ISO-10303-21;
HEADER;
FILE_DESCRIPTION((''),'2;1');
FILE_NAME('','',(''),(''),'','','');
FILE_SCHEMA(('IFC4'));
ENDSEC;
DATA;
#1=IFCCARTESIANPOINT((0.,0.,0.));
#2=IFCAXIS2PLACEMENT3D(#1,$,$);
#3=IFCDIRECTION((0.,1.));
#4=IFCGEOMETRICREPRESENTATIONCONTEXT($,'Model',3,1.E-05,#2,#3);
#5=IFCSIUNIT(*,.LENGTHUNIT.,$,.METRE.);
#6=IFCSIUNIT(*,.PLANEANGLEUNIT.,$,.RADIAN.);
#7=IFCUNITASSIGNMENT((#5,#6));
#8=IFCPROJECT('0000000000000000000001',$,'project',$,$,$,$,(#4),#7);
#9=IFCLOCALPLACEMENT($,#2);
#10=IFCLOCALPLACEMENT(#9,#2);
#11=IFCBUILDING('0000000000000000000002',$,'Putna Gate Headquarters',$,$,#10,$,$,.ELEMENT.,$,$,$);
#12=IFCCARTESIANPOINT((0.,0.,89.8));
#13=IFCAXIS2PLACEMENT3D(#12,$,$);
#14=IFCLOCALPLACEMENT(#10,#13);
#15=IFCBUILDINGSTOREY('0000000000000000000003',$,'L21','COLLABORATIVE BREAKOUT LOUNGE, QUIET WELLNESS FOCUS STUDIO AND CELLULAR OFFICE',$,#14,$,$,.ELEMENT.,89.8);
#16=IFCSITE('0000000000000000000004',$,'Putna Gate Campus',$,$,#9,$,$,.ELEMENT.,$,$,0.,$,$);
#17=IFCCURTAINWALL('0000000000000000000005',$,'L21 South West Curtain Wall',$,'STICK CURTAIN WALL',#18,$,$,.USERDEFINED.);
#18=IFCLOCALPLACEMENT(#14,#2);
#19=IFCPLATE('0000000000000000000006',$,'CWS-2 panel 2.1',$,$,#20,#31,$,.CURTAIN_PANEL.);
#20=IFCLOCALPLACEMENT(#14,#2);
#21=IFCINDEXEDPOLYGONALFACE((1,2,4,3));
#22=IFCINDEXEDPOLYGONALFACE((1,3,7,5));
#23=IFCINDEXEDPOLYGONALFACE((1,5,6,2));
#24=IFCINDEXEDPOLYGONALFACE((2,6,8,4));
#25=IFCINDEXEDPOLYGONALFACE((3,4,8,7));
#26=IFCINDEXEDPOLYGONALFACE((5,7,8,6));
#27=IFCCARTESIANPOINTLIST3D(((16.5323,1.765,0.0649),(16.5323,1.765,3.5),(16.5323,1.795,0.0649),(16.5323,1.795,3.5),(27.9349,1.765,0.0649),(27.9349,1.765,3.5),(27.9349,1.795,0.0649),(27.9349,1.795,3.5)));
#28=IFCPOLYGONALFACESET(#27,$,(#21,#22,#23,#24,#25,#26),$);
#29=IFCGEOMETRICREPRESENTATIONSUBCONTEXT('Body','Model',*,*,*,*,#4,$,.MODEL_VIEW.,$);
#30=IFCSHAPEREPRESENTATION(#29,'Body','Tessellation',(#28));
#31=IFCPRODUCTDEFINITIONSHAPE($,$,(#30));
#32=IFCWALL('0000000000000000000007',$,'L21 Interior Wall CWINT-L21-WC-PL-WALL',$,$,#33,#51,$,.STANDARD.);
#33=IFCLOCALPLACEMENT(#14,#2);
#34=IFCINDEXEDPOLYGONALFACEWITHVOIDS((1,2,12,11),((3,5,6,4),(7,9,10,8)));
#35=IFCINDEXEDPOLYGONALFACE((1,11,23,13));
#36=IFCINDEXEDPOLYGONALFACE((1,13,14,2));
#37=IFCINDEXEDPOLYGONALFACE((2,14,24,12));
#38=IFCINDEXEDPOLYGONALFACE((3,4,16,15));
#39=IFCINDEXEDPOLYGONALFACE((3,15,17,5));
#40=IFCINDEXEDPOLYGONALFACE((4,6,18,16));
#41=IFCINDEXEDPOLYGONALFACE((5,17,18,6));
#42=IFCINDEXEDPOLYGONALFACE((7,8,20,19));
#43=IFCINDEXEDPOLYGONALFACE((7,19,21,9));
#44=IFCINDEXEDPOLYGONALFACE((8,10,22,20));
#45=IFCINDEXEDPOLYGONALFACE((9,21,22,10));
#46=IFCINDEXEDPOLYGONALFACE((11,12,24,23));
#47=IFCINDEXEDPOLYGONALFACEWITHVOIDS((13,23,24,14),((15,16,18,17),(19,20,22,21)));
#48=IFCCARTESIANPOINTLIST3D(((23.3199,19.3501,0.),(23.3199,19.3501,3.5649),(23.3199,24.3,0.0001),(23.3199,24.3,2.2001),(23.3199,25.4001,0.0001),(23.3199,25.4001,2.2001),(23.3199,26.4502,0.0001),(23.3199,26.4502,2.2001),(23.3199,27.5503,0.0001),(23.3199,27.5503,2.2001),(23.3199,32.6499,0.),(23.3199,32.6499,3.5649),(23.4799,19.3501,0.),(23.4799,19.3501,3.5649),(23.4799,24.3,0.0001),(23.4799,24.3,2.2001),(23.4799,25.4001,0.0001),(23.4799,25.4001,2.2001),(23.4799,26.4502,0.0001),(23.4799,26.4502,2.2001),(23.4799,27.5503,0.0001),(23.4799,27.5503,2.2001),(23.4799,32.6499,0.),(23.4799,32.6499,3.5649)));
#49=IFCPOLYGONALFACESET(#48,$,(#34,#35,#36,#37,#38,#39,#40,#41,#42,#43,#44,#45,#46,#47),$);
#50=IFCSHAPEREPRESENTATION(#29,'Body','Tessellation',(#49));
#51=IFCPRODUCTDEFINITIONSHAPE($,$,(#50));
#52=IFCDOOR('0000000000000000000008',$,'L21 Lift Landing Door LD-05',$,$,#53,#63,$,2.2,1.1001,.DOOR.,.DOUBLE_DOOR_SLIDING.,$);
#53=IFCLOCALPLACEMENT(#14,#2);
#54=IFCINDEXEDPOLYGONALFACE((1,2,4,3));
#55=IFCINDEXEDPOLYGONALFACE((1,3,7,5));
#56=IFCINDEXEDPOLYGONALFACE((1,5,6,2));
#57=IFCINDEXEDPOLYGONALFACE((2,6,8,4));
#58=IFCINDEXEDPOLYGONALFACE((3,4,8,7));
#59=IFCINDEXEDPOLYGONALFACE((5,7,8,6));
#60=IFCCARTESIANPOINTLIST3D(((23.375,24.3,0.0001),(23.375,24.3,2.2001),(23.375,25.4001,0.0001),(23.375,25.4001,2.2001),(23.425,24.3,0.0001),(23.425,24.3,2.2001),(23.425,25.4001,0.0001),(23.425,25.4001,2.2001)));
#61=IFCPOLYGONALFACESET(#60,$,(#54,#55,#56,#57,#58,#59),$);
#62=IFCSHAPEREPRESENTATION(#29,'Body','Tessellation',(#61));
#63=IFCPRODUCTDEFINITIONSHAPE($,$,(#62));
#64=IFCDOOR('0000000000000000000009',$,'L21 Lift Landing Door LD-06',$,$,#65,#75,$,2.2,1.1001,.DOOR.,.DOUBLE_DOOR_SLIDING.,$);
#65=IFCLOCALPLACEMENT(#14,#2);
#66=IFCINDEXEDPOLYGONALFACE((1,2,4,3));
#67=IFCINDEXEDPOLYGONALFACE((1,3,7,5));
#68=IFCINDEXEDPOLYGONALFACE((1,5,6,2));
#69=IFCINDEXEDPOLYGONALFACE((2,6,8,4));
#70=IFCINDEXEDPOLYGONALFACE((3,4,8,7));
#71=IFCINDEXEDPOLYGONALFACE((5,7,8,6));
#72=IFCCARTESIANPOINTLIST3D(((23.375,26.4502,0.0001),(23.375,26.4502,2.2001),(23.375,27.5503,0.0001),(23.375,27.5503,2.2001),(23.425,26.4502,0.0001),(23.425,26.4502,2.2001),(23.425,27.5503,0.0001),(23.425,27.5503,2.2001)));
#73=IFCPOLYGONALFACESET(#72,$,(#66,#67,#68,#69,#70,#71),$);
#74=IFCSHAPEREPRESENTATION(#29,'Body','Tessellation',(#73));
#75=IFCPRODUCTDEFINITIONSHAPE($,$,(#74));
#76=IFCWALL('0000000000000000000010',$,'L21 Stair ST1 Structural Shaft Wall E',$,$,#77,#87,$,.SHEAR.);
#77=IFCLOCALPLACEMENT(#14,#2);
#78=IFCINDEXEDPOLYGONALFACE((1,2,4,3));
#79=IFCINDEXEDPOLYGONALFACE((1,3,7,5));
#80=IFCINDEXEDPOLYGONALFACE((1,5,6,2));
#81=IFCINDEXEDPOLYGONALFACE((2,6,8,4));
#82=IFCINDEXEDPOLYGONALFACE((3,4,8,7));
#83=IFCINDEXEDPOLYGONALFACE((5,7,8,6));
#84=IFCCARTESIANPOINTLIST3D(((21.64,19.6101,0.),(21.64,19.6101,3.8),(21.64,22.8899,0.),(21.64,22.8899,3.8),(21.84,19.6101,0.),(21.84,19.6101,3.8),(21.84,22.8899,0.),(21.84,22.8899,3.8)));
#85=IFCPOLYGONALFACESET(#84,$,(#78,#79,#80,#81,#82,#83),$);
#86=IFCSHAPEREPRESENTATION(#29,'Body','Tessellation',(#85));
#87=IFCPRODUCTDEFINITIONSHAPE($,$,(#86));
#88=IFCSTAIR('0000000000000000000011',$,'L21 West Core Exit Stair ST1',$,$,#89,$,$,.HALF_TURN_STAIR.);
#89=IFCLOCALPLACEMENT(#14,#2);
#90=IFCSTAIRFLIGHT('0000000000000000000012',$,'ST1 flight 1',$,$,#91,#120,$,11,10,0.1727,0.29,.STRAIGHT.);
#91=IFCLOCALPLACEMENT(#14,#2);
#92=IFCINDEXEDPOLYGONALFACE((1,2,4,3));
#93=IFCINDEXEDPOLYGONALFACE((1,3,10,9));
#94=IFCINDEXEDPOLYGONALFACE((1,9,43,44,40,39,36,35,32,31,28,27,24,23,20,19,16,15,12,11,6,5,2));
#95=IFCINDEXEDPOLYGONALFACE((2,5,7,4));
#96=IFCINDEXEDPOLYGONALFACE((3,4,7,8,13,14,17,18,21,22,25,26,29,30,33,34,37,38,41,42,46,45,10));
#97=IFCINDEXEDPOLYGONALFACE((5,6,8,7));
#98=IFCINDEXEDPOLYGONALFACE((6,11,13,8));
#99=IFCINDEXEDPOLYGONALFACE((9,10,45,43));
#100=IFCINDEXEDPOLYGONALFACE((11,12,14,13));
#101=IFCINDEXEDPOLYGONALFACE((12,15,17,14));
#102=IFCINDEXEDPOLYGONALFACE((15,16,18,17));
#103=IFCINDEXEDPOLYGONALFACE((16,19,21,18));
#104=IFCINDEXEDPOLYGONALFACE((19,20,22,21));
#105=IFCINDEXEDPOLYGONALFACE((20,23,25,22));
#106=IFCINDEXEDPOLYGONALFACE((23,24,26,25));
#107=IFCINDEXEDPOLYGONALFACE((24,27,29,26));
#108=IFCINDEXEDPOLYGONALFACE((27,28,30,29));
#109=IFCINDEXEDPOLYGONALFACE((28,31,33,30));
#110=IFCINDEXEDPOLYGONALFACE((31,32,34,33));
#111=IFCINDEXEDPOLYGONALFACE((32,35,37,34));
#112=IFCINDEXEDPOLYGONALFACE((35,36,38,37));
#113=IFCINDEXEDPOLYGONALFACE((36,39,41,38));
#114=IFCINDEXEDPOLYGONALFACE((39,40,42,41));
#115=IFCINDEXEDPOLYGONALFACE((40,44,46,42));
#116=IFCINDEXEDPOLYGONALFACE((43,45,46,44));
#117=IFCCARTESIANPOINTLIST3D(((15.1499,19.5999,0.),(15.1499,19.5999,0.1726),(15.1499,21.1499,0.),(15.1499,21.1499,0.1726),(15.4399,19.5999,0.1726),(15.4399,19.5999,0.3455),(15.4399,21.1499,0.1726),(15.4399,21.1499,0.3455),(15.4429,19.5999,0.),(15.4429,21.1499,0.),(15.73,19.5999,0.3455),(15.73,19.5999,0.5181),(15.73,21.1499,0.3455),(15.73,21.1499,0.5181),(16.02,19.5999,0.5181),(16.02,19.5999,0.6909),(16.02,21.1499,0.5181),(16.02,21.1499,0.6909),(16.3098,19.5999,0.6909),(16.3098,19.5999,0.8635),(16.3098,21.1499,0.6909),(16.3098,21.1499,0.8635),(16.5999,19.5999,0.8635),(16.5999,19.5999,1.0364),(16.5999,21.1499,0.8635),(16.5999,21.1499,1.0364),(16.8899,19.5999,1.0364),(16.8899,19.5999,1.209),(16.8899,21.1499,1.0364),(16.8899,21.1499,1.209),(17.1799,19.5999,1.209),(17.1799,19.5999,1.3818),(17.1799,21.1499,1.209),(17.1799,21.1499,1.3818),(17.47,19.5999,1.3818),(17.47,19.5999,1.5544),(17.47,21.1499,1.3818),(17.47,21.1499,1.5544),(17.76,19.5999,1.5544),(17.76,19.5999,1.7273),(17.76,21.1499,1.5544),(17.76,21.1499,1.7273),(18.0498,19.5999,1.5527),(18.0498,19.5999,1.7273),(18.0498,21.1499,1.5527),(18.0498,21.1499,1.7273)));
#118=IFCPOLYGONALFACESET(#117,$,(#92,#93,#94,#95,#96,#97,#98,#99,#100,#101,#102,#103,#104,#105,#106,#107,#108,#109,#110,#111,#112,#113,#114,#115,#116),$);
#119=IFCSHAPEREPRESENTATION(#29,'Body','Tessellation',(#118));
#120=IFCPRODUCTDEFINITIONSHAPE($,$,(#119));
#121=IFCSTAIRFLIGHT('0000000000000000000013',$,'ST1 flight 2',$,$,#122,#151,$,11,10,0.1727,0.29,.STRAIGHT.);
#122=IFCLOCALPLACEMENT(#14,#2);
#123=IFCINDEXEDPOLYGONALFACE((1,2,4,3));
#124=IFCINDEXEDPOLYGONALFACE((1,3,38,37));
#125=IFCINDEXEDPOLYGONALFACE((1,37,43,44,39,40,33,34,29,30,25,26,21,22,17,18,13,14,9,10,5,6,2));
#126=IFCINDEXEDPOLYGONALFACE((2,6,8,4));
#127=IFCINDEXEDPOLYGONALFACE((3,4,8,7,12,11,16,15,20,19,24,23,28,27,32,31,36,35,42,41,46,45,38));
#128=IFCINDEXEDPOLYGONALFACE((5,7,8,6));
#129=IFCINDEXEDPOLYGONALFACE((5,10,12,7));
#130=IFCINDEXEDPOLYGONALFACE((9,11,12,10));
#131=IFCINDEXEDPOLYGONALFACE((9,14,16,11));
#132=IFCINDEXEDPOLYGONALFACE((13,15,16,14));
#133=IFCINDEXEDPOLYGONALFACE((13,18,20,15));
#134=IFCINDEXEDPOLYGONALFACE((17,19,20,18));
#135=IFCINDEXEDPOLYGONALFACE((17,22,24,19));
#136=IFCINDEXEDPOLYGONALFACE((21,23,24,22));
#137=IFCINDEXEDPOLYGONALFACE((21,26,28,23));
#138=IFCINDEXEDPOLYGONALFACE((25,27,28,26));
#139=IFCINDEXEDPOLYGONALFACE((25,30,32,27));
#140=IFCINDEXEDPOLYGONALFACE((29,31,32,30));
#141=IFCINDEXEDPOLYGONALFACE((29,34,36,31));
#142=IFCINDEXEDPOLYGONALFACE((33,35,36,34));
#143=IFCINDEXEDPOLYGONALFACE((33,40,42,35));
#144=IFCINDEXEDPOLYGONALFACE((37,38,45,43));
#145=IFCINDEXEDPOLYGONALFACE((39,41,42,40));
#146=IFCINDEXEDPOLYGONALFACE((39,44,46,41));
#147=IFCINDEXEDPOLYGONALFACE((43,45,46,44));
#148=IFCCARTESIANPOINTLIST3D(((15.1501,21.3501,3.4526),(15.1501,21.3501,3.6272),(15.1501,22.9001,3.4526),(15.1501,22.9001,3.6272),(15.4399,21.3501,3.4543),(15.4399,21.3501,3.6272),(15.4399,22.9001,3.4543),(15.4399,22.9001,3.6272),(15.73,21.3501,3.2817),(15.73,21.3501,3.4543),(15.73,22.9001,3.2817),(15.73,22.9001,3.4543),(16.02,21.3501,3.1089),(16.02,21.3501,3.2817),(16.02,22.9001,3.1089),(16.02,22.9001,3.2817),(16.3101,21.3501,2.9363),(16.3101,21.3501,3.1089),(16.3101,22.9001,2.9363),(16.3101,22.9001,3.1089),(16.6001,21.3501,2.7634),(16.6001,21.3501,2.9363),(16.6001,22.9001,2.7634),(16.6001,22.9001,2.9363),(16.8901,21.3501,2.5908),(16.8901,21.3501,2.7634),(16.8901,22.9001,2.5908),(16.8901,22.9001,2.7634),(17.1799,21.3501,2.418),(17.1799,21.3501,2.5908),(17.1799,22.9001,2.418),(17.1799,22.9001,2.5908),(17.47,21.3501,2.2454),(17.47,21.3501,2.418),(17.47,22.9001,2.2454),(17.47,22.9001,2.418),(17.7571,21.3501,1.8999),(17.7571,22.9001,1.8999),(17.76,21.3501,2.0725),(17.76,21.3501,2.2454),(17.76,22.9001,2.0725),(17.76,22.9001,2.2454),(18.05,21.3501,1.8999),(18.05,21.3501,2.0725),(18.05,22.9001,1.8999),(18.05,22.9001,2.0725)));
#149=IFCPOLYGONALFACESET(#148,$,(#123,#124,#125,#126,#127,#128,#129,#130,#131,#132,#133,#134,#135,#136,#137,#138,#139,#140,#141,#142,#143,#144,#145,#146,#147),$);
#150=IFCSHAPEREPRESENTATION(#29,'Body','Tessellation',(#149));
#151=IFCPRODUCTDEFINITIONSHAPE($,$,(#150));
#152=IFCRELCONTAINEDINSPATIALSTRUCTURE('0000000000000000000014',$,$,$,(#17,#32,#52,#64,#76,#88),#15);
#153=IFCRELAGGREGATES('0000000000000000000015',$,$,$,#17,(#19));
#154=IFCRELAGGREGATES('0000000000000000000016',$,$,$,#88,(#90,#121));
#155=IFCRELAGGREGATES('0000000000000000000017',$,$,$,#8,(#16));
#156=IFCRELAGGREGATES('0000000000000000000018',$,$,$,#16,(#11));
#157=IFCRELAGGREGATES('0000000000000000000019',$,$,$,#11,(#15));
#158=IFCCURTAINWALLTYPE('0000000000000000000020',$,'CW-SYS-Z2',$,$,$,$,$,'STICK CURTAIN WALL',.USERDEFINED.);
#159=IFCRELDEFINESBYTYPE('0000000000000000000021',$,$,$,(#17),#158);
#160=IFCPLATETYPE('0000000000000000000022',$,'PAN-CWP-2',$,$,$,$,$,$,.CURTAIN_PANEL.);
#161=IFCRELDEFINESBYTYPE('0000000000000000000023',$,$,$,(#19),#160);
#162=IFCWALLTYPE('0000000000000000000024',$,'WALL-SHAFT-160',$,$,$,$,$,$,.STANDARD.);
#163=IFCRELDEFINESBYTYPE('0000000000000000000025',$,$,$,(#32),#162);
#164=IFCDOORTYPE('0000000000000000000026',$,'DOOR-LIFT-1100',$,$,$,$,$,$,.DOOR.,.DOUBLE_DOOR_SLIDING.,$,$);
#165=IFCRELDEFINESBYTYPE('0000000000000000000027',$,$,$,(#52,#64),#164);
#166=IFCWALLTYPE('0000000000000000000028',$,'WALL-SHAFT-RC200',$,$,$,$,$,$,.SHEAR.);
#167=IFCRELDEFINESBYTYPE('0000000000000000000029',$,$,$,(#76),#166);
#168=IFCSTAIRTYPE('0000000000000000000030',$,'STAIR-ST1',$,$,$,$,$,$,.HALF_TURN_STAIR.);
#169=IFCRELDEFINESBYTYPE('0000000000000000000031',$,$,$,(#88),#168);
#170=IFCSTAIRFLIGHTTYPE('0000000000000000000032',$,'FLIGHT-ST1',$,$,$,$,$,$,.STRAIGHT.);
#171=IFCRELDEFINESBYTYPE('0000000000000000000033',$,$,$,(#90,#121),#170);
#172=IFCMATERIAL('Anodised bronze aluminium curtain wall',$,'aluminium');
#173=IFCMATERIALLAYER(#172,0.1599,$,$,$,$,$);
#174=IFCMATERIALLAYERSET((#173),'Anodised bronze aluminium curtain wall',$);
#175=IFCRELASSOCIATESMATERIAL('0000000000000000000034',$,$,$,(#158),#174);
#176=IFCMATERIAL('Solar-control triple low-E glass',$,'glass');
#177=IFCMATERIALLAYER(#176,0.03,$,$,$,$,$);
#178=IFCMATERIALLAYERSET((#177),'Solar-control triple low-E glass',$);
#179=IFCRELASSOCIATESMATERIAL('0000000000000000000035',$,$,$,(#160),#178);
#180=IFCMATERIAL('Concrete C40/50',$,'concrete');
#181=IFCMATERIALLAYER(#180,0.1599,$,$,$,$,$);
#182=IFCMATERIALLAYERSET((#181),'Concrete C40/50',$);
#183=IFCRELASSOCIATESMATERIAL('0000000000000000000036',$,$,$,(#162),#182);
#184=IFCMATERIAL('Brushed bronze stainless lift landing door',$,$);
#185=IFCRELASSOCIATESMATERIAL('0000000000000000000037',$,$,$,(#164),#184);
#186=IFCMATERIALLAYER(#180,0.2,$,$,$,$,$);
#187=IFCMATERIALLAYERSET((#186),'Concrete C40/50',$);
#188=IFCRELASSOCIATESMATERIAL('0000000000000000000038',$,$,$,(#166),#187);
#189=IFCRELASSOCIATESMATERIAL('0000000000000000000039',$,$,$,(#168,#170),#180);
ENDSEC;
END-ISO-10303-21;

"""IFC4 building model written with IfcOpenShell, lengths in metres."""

from ifc_helpers import new_model, si_unit, direction, frame, frame_2d, origin, origin_2d, place, context, subcontext, project, spatial, polyline, rectangle, outline, extrude, material, layer, layer_set, type_object, element, fill, aggregate, save


model = new_model("IFC4")

# Units and contexts
model_context = context("Model", 3, precision=1e-05, world=origin(), true_north=direction((0.0, 1.0)))
body_context = subcontext(model_context, "Body", "Model", "MODEL_VIEW")
ifc_project = project(units=[si_unit("LENGTHUNIT", "METRE"), si_unit("PLANEANGLEUNIT", "RADIAN")], contexts=[model_context])

# Site, building, storey
site_placement = place(None, origin())
site = spatial("IfcSite", under=ifc_project, at=site_placement, Name="Putna Gate Campus", CompositionType="ELEMENT", RefElevation=0.0)
building_placement = place(site_placement, origin())
building = spatial("IfcBuilding", under=site, at=building_placement, Name="Putna Gate Headquarters", CompositionType="ELEMENT")
storey_placement = place(building_placement, frame((0.0, 0.0, 89.8)))
storey = spatial("IfcBuildingStorey", under=building, at=storey_placement, Name="L21", Description="COLLABORATIVE BREAKOUT LOUNGE, QUIET WELLNESS FOCUS STUDIO AND CELLULAR OFFICE", CompositionType="ELEMENT", Elevation=89.8)

# Curtain wall, plate
ifc_material_1 = material(Name="Anodised bronze aluminium curtain wall", Category="aluminium")
ifc_layer_1 = layer(ifc_material_1, 0.1599)
ifc_layer_set_1 = layer_set([ifc_layer_1], Name="Anodised bronze aluminium curtain wall")
curtain_wall_type = type_object("IfcCurtainWallType", Name="CW-SYS-Z2", ElementType="STICK CURTAIN WALL", PredefinedType="USERDEFINED", material=ifc_layer_set_1)
curtain_wall_placement = place(storey_placement, origin())
curtain_wall = element("IfcCurtainWall", 1, at=curtain_wall_placement, inside=storey, type_object=curtain_wall_type, Name="L21 South West Curtain Wall", ObjectType="STICK CURTAIN WALL", PredefinedType="USERDEFINED")
ifc_material_2 = material(Name="Solar-control triple low-E glass", Category="glass")
ifc_layer_2 = layer(ifc_material_2, 0.03)
ifc_layer_set_2 = layer_set([ifc_layer_2], Name="Solar-control triple low-E glass")
plate_type = type_object("IfcPlateType", Name="PAN-CWP-2", PredefinedType="CURTAIN_PANEL", material=ifc_layer_set_2)
plate_placement = place(storey_placement, frame((22.2336, 1.78, 0.0649), z_axis=(0.0, 0.0, 1.0), x_axis=(1.0, 0.0, 0.0)))
plate = element("IfcPlate", 2, at=plate_placement, type_object=plate_type, Name="CWS-2 panel 2.1", PredefinedType="CURTAIN_PANEL", context=body_context, shape_type="SweptSolid", body=[
    extrude(rectangle(XDim=11.4026, YDim=0.03, at=origin_2d()), origin(), (0.0, 0.0, 1.0), 3.4351),
])
aggregate(curtain_wall, [plate])

# Wall, openings, doors
ifc_material_3 = material(Name="Concrete C40/50", Category="concrete")
ifc_layer_3 = layer(ifc_material_3, 0.1599)
ifc_layer_set_3 = layer_set([ifc_layer_3], Name="Concrete C40/50")
wall_type_1 = type_object("IfcWallType", Name="WALL-SHAFT-160", PredefinedType="STANDARD", material=ifc_layer_set_3)
wall_1_placement = place(storey_placement, frame((23.3999, 19.3501, 0.0), z_axis=(0.0, 0.0, 1.0), x_axis=(0.0, 1.0, 0.0)))
wall_1 = element("IfcWall", 3, at=wall_1_placement, inside=storey, type_object=wall_type_1, Name="L21 Interior Wall CWINT-L21-WC-PL-WALL", PredefinedType="STANDARD", context=body_context, shape_type="SweptSolid", body=[
    extrude(rectangle(XDim=13.2998, YDim=0.1599, at=frame_2d((6.6499, 0.0))), origin(), (0.0, 0.0, 1.0), 3.5649),
])
opening_1_placement = place(wall_1_placement, frame((4.95, 0.0, 0.0)))
opening_1 = element("IfcOpeningElement", 4, at=opening_1_placement, cuts=wall_1, PredefinedType="OPENING", context=body_context, shape_type="SweptSolid", body=[
    extrude(rectangle(XDim=1.1001, YDim=2.2, at=frame_2d((0.55, 1.1001))), frame((0.0, 0.0898, 0.0), z_axis=(0.0, -1.0, 0.0), x_axis=(1.0, 0.0, 0.0)), (0.0, 0.0, 1.0), 0.1799),
])
opening_2_placement = place(wall_1_placement, frame((7.1001, 0.0, 0.0)))
opening_2 = element("IfcOpeningElement", 5, at=opening_2_placement, cuts=wall_1, PredefinedType="OPENING", context=body_context, shape_type="SweptSolid", body=[
    extrude(rectangle(XDim=1.1001, YDim=2.2, at=frame_2d((0.55, 1.1001))), frame((0.0, 0.0898, 0.0), z_axis=(0.0, -1.0, 0.0), x_axis=(1.0, 0.0, 0.0)), (0.0, 0.0, 1.0), 0.1799),
])
ifc_material_4 = material(Name="Brushed bronze stainless lift landing door")
door_type = type_object("IfcDoorType", Name="DOOR-LIFT-1100", OperationType="DOUBLE_DOOR_SLIDING", PredefinedType="DOOR", material=ifc_material_4)
door_1_placement = place(opening_1_placement, origin())
door_1 = element("IfcDoor", 6, at=door_1_placement, inside=storey, type_object=door_type, Name="L21 Lift Landing Door LD-05", OperationType="DOUBLE_DOOR_SLIDING", OverallHeight=2.2, OverallWidth=1.1001, PredefinedType="DOOR", context=body_context, shape_type="SweptSolid", body=[
    extrude(rectangle(XDim=1.1001, YDim=2.2, at=frame_2d((0.55, 1.1001))), frame((0.0, 0.0249, 0.0), z_axis=(0.0, -1.0, 0.0), x_axis=(1.0, 0.0, 0.0)), (0.0, 0.0, 1.0), 0.05),
])
fill(opening_1, door_1)
door_2_placement = place(opening_2_placement, origin())
door_2 = element("IfcDoor", 7, at=door_2_placement, inside=storey, type_object=door_type, Name="L21 Lift Landing Door LD-06", OperationType="DOUBLE_DOOR_SLIDING", OverallHeight=2.2, OverallWidth=1.1001, PredefinedType="DOOR", context=body_context, shape_type="SweptSolid", body=[
    extrude(rectangle(XDim=1.1001, YDim=2.2, at=frame_2d((0.55, 1.1001))), frame((0.0, 0.0249, 0.0), z_axis=(0.0, -1.0, 0.0), x_axis=(1.0, 0.0, 0.0)), (0.0, 0.0, 1.0), 0.05),
])
fill(opening_2, door_2)

# Wall
ifc_layer_4 = layer(ifc_material_3, 0.2)
ifc_layer_set_4 = layer_set([ifc_layer_4], Name="Concrete C40/50")
wall_type_2 = type_object("IfcWallType", Name="WALL-SHAFT-RC200", PredefinedType="SHEAR", material=ifc_layer_set_4)
wall_2_placement = place(storey_placement, frame((21.74, 19.6101, 0.0), z_axis=(0.0, 0.0, 1.0), x_axis=(0.0, 1.0, 0.0)))
element("IfcWall", 8, at=wall_2_placement, inside=storey, type_object=wall_type_2, Name="L21 Stair ST1 Structural Shaft Wall E", PredefinedType="SHEAR", context=body_context, shape_type="SweptSolid", body=[
    extrude(rectangle(XDim=3.2798, YDim=0.2, at=frame_2d((1.6399, 0.0))), origin(), (0.0, 0.0, 1.0), 3.8),
])

# Stair, stair flights
stair_type = type_object("IfcStairType", Name="STAIR-ST1", PredefinedType="HALF_TURN_STAIR", material=ifc_material_3)
stair_placement = place(storey_placement, origin())
stair = element("IfcStair", 9, at=stair_placement, inside=storey, type_object=stair_type, Name="L21 West Core Exit Stair ST1", PredefinedType="HALF_TURN_STAIR")
stair_flight_type = type_object("IfcStairFlightType", Name="FLIGHT-ST1", PredefinedType="STRAIGHT", material=ifc_material_3)
stair_flight_1_placement = place(storey_placement, frame((15.1499, 20.375, 0.0), z_axis=(0.0, 0.0, 1.0), x_axis=(1.0, 0.0, 0.0)))
stair_flight_1 = element("IfcStairFlight", 10, at=stair_flight_1_placement, type_object=stair_flight_type, Name="ST1 flight 1", NumberOfRisers=11, NumberOfTreads=10, PredefinedType="STRAIGHT", RiserHeight=0.1727, TreadLength=0.29, context=body_context, shape_type="SweptSolid", body=[
    extrude(outline(polyline([(0.0, 0.0), (0.0, 0.1726), (0.29, 0.1726), (0.29, 0.3455), (0.5801, 0.3455), (0.5801, 0.5181), (0.8701, 0.5181), (0.8701, 0.6909), (1.1599, 0.6909), (1.1599, 0.8635), (1.45, 0.8635), (1.45, 1.0364), (1.74, 1.0364), (1.74, 1.209), (2.03, 1.209), (2.03, 1.3818), (2.3201, 1.3818), (2.3201, 1.5544), (2.6101, 1.5544), (2.6101, 1.7273), (2.8999, 1.7273), (2.8999, 1.8999), (2.8999, 1.5527), (0.293, 0.0), (0.0, 0.0)])), frame((0.0, 0.7749, 0.0), z_axis=(0.0, -1.0, 0.0), x_axis=(1.0, 0.0, 0.0)), (0.0, 0.0, 1.0), 1.55),
])
stair_flight_2_placement = place(storey_placement, frame((18.05, 22.125, 1.8999), z_axis=(0.0, 0.0, 1.0), x_axis=(-1.0, 0.0, 0.0)))
stair_flight_2 = element("IfcStairFlight", 11, at=stair_flight_2_placement, type_object=stair_flight_type, Name="ST1 flight 2", NumberOfRisers=11, NumberOfTreads=10, PredefinedType="STRAIGHT", RiserHeight=0.1727, TreadLength=0.29, context=body_context, shape_type="SweptSolid", body=[
    extrude(outline(polyline([(0.0, 0.0), (0.0, 0.1726), (0.29, 0.1726), (0.29, 0.3455), (0.5801, 0.3455), (0.5801, 0.5181), (0.8701, 0.5181), (0.8701, 0.6909), (1.1599, 0.6909), (1.1599, 0.8635), (1.45, 0.8635), (1.45, 1.0364), (1.74, 1.0364), (1.74, 1.209), (2.03, 1.209), (2.03, 1.3818), (2.3201, 1.3818), (2.3201, 1.5544), (2.6101, 1.5544), (2.6101, 1.7273), (2.8999, 1.7273), (2.8999, 1.8999), (2.8999, 1.5527), (0.293, 0.0), (0.0, 0.0)])), frame((0.0, 0.7749, 0.0), z_axis=(0.0, -1.0, 0.0), x_axis=(1.0, 0.0, 0.0)), (0.0, 0.0, 1.0), 1.55),
])
aggregate(stair, [stair_flight_1, stair_flight_2])

save(model, "model.ifc")
